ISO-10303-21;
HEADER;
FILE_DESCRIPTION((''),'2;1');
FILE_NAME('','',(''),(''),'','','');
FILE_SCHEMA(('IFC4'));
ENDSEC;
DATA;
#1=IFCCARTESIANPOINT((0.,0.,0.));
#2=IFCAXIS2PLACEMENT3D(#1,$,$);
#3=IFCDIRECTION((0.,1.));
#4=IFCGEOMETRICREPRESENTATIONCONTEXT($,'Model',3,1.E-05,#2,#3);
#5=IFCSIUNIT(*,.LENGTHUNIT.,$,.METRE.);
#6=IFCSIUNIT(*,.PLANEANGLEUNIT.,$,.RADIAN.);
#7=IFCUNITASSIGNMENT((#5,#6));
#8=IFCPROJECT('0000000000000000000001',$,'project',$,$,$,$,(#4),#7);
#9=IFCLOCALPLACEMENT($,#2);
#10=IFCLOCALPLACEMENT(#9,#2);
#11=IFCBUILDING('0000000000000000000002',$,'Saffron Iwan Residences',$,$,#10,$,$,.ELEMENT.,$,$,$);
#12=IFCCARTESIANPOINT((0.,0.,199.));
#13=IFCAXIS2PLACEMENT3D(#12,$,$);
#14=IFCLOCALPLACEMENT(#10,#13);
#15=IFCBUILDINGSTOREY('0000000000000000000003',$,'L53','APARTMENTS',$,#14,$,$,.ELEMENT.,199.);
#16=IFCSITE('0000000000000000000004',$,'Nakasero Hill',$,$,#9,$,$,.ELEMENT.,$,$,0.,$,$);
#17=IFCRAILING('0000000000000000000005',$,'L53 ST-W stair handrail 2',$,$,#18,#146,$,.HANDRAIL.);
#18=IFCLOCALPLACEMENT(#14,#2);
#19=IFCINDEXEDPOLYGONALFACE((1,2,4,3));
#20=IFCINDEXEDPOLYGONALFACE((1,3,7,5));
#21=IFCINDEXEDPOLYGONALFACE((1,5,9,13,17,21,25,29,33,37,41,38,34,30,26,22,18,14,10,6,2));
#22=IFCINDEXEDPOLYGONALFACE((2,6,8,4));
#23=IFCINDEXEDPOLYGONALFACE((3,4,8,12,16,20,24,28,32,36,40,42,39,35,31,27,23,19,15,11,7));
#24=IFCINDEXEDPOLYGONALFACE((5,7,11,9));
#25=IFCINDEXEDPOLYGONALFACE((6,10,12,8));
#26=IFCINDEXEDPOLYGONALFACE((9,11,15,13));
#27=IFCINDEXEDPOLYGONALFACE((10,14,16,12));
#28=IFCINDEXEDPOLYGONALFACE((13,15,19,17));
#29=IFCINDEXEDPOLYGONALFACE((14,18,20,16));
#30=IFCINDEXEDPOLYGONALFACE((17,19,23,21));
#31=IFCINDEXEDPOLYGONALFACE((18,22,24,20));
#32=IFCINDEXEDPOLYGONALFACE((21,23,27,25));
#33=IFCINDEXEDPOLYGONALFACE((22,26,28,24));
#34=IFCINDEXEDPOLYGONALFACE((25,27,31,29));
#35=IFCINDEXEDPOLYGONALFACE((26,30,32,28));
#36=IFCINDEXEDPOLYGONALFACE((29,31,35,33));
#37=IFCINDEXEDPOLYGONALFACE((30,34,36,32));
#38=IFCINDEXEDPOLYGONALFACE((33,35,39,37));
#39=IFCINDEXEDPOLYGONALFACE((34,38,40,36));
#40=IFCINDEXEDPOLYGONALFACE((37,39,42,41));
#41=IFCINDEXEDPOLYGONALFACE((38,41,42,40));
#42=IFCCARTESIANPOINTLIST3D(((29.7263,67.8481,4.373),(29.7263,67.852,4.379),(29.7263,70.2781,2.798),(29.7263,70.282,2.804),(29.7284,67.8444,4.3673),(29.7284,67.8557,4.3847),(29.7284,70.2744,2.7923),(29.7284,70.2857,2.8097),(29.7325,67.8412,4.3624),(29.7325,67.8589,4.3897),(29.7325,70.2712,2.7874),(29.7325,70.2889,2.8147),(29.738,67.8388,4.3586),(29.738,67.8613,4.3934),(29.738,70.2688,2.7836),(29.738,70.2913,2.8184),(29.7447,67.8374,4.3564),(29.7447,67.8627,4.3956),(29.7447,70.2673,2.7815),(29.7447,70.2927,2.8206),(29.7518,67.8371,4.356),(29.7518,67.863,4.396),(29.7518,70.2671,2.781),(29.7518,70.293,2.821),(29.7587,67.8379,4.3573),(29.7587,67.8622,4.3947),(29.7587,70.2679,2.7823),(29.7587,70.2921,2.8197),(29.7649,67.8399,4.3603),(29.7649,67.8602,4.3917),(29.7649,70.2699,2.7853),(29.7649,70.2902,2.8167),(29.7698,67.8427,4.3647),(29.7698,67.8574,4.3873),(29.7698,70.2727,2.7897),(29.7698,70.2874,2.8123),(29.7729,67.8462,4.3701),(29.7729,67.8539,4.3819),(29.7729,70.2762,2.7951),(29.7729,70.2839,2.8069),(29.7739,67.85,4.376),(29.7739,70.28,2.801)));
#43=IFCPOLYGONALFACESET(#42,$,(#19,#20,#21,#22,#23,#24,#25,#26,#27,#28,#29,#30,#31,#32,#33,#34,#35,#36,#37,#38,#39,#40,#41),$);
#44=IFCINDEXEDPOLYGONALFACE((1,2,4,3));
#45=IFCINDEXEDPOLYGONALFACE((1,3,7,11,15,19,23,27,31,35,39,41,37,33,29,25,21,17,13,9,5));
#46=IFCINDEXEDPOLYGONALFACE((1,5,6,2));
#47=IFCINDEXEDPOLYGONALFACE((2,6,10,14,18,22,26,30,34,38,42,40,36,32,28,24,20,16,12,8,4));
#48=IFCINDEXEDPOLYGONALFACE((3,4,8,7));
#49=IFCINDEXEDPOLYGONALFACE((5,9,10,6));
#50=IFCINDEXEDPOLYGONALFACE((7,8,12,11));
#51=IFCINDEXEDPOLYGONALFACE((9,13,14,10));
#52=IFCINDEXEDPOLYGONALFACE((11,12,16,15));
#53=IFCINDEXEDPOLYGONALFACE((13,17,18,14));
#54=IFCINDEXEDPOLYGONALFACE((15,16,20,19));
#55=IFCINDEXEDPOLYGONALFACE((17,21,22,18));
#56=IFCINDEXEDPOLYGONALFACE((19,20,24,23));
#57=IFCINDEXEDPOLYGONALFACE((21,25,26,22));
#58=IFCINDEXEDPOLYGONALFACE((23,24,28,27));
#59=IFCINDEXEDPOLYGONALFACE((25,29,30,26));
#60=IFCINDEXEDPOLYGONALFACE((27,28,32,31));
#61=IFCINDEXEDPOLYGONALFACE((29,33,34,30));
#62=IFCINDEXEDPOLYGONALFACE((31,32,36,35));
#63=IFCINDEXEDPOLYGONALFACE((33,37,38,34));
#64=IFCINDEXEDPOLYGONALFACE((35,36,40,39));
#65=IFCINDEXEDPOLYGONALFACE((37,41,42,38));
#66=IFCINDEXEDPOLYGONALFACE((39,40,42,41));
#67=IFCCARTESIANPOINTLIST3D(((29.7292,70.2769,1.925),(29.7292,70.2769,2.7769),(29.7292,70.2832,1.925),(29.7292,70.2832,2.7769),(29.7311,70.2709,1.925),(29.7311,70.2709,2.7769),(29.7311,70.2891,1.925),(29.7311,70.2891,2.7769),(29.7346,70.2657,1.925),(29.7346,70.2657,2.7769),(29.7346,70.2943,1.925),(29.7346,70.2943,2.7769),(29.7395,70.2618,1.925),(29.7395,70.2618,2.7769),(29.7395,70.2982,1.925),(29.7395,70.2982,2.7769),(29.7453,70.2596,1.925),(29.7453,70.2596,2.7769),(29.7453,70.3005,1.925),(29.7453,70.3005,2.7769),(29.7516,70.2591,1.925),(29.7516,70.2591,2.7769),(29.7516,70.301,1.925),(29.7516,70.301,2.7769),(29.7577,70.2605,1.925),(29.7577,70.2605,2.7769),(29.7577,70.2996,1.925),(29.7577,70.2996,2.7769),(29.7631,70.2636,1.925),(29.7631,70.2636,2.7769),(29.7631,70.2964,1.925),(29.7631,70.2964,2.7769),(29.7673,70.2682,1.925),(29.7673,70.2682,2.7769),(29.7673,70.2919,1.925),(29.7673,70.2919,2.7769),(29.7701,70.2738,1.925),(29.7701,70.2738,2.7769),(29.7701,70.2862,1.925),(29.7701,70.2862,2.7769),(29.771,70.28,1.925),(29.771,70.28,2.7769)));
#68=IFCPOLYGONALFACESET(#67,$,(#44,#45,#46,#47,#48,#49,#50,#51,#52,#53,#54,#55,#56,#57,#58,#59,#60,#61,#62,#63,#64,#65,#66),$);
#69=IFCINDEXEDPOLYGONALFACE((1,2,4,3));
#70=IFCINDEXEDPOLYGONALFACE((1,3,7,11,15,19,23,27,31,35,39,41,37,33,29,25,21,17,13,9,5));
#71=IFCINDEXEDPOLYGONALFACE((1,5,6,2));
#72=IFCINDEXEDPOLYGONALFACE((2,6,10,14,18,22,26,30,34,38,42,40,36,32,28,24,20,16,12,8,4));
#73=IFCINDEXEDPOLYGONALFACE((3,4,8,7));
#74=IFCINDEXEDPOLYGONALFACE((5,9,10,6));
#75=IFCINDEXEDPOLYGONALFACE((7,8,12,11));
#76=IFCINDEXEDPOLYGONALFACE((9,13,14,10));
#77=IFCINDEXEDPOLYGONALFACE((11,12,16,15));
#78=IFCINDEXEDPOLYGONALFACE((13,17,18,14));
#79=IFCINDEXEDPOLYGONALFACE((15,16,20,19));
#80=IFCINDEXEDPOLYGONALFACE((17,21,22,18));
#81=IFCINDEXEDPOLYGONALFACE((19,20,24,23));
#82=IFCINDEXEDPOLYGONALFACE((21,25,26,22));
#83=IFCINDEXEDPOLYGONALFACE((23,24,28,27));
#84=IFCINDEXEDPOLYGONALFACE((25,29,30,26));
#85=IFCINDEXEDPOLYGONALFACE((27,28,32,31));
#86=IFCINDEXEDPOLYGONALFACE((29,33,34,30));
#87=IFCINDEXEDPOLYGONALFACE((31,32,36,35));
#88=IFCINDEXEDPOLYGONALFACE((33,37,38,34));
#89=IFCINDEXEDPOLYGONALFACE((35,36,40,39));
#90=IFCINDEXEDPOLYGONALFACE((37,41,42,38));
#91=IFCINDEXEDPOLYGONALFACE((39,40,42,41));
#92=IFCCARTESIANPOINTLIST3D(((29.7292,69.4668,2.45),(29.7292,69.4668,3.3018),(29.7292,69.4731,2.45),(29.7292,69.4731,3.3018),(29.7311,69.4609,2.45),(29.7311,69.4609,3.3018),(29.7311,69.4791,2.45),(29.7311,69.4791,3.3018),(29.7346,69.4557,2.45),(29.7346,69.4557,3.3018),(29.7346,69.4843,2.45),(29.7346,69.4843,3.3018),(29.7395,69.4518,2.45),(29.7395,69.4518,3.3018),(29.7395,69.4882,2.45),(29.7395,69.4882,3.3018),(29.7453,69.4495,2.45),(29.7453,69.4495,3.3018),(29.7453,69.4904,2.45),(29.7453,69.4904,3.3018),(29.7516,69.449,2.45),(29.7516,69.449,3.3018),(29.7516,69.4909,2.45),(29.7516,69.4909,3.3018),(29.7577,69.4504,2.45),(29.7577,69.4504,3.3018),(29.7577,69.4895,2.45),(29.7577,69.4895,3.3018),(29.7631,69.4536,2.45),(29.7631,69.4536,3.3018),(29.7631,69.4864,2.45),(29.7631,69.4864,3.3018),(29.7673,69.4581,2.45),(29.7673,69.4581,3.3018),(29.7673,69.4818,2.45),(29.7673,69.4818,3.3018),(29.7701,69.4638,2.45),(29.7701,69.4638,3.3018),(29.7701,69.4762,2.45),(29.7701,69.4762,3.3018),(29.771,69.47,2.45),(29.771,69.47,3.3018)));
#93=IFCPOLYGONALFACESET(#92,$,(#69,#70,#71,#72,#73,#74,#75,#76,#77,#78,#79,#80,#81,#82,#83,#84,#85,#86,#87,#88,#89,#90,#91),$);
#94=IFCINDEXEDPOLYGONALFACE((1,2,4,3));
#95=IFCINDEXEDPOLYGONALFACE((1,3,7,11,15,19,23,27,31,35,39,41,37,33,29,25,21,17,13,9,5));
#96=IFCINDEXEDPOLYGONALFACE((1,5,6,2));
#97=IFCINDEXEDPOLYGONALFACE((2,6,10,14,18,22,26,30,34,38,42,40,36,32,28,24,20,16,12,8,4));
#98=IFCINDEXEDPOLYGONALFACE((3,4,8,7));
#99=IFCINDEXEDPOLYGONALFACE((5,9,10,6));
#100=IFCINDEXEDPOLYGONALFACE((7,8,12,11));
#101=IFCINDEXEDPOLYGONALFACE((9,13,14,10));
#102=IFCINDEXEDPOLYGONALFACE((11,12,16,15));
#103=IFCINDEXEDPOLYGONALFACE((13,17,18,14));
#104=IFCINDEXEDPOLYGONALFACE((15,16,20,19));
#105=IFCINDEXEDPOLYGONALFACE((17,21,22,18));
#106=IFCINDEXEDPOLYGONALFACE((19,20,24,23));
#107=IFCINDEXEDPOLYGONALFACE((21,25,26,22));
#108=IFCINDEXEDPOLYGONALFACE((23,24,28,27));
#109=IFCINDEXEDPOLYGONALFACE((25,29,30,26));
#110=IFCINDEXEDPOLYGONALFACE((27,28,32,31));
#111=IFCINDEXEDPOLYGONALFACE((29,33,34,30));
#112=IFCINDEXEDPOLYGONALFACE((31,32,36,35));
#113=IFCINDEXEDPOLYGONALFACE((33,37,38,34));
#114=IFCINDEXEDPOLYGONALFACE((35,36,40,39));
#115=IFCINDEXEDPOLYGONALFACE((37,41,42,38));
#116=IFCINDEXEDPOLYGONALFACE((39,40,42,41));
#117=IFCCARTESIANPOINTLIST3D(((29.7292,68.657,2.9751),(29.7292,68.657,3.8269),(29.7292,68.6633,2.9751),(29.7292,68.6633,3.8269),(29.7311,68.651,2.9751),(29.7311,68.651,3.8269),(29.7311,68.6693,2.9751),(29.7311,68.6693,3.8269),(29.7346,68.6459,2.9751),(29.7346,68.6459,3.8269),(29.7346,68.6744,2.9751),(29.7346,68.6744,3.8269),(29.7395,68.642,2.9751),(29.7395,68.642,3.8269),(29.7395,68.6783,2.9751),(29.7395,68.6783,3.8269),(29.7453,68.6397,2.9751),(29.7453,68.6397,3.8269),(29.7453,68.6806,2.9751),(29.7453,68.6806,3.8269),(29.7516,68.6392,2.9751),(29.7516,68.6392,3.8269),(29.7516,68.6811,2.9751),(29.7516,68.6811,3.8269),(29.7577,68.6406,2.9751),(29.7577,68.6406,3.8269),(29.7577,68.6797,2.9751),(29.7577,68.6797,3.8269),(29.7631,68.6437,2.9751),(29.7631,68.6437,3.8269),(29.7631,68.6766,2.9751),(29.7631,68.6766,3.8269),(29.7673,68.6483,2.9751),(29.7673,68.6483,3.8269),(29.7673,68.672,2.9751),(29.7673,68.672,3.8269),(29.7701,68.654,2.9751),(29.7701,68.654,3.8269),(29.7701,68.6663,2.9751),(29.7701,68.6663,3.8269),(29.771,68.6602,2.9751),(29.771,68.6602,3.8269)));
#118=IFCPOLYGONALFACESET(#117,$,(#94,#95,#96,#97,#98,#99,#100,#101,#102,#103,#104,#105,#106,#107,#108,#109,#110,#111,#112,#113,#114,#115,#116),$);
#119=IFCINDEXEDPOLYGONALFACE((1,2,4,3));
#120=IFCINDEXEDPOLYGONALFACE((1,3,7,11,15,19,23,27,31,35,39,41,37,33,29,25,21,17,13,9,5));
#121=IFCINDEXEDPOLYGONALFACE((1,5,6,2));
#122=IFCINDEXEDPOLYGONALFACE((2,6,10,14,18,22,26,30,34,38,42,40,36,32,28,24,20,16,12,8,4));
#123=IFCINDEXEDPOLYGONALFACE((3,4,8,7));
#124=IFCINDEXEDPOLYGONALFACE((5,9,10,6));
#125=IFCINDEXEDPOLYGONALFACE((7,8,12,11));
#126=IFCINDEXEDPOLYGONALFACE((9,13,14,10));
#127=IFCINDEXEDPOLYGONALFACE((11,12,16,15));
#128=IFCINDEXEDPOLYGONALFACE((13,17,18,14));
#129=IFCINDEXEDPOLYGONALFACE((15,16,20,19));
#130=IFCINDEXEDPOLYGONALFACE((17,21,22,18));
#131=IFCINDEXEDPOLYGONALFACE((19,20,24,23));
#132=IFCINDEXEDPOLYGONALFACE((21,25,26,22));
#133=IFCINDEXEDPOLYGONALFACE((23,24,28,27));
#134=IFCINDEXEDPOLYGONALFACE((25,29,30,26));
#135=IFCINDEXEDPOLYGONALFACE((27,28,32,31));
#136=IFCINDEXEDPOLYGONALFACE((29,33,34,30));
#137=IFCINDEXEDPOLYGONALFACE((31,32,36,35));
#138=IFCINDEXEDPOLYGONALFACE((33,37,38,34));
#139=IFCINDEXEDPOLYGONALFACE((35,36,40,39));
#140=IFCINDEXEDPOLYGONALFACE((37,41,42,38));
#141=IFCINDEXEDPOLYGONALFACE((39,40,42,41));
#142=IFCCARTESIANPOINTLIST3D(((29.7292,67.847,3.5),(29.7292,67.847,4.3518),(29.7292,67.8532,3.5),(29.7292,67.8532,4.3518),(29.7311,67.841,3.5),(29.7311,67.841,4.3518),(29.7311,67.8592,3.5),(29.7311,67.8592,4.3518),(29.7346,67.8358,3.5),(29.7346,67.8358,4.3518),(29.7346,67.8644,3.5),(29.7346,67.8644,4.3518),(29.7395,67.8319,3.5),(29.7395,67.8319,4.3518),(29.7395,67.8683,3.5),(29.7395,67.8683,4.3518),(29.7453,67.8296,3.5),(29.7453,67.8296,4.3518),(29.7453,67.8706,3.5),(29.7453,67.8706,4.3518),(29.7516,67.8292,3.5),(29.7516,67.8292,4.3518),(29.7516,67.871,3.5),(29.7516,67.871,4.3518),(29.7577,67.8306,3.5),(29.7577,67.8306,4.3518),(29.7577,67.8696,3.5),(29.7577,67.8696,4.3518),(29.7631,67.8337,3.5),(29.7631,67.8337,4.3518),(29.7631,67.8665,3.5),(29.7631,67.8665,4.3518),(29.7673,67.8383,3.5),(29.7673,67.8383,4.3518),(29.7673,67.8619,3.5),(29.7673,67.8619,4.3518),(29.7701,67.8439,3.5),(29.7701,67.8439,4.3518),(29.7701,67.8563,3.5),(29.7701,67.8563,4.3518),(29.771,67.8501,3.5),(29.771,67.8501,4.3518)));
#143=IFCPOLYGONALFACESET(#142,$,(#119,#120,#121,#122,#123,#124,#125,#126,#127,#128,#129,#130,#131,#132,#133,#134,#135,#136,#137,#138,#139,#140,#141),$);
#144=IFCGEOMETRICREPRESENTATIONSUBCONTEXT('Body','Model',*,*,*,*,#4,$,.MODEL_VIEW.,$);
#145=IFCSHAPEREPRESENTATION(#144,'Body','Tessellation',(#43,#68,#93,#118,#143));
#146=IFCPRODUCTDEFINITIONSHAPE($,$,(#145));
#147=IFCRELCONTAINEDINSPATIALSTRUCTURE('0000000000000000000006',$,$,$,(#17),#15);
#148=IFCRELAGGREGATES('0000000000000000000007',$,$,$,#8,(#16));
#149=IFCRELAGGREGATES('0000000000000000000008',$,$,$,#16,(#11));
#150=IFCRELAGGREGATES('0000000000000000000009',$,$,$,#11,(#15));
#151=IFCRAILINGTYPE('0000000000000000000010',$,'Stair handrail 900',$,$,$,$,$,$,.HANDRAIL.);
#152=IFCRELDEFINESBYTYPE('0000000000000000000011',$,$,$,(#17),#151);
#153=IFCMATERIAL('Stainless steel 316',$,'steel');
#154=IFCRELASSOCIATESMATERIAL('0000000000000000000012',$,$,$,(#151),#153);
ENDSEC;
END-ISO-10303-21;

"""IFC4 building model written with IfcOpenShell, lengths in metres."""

from ifc_helpers import new_model, si_unit, direction, frame, origin, origin_2d, place, context, subcontext, project, spatial, circle, extrude, material, type_object, element, save


model = new_model("IFC4")

# Units and contexts
model_context = context("Model", 3, precision=1e-05, world=origin(), true_north=direction((0.0, 1.0)))
body_context = subcontext(model_context, "Body", "Model", "MODEL_VIEW")
ifc_project = project(units=[si_unit("LENGTHUNIT", "METRE"), si_unit("PLANEANGLEUNIT", "RADIAN")], contexts=[model_context])

# Site, building, storey
site_placement = place(None, origin())
site = spatial("IfcSite", under=ifc_project, at=site_placement, Name="Nakasero Hill", CompositionType="ELEMENT", RefElevation=0.0)
building_placement = place(site_placement, origin())
building = spatial("IfcBuilding", under=site, at=building_placement, Name="Saffron Iwan Residences", CompositionType="ELEMENT")
storey_placement = place(building_placement, frame((0.0, 0.0, 199.0)))
storey = spatial("IfcBuildingStorey", under=building, at=storey_placement, Name="L53", Description="APARTMENTS", CompositionType="ELEMENT", Elevation=199.0)

# Railing
ifc_material_1 = material(Name="Stainless steel 316", Category="steel")
railing_type_1 = type_object("IfcRailingType", Name="Stair handrail 900", PredefinedType="HANDRAIL", material=ifc_material_1)
railing_1_placement = place(storey_placement, frame((29.75, 70.28, 1.925)))
element("IfcRailing", 1, at=railing_1_placement, inside=storey, type_object=railing_type_1, Name="L53 ST-W stair handrail 2", PredefinedType="HANDRAIL", context=body_context, shape_type="SweptSolid", body=[
    extrude(circle(Radius=0.0239, at=origin_2d()), frame((0.0, 0.0, 0.876), z_axis=(0.0, -0.839154, 0.543894), x_axis=(1.0, 0.0, 0.0)), (0.0, 0.0, 1.0), 2.8958),
    extrude(circle(Radius=0.021, at=origin_2d()), origin(), (0.0, 0.0, 1.0), 0.8518),
    extrude(circle(Radius=0.021, at=origin_2d()), frame((0.0, -0.8101, 0.5249)), (0.0, 0.0, 1.0), 0.8518),
    extrude(circle(Radius=0.021, at=origin_2d()), frame((0.0, -1.6199, 1.05)), (0.0, 0.0, 1.0), 0.8518),
    extrude(circle(Radius=0.021, at=origin_2d()), frame((0.0, -2.4299, 1.575)), (0.0, 0.0, 1.0), 0.8518),
])

save(model, "model.ifc")
